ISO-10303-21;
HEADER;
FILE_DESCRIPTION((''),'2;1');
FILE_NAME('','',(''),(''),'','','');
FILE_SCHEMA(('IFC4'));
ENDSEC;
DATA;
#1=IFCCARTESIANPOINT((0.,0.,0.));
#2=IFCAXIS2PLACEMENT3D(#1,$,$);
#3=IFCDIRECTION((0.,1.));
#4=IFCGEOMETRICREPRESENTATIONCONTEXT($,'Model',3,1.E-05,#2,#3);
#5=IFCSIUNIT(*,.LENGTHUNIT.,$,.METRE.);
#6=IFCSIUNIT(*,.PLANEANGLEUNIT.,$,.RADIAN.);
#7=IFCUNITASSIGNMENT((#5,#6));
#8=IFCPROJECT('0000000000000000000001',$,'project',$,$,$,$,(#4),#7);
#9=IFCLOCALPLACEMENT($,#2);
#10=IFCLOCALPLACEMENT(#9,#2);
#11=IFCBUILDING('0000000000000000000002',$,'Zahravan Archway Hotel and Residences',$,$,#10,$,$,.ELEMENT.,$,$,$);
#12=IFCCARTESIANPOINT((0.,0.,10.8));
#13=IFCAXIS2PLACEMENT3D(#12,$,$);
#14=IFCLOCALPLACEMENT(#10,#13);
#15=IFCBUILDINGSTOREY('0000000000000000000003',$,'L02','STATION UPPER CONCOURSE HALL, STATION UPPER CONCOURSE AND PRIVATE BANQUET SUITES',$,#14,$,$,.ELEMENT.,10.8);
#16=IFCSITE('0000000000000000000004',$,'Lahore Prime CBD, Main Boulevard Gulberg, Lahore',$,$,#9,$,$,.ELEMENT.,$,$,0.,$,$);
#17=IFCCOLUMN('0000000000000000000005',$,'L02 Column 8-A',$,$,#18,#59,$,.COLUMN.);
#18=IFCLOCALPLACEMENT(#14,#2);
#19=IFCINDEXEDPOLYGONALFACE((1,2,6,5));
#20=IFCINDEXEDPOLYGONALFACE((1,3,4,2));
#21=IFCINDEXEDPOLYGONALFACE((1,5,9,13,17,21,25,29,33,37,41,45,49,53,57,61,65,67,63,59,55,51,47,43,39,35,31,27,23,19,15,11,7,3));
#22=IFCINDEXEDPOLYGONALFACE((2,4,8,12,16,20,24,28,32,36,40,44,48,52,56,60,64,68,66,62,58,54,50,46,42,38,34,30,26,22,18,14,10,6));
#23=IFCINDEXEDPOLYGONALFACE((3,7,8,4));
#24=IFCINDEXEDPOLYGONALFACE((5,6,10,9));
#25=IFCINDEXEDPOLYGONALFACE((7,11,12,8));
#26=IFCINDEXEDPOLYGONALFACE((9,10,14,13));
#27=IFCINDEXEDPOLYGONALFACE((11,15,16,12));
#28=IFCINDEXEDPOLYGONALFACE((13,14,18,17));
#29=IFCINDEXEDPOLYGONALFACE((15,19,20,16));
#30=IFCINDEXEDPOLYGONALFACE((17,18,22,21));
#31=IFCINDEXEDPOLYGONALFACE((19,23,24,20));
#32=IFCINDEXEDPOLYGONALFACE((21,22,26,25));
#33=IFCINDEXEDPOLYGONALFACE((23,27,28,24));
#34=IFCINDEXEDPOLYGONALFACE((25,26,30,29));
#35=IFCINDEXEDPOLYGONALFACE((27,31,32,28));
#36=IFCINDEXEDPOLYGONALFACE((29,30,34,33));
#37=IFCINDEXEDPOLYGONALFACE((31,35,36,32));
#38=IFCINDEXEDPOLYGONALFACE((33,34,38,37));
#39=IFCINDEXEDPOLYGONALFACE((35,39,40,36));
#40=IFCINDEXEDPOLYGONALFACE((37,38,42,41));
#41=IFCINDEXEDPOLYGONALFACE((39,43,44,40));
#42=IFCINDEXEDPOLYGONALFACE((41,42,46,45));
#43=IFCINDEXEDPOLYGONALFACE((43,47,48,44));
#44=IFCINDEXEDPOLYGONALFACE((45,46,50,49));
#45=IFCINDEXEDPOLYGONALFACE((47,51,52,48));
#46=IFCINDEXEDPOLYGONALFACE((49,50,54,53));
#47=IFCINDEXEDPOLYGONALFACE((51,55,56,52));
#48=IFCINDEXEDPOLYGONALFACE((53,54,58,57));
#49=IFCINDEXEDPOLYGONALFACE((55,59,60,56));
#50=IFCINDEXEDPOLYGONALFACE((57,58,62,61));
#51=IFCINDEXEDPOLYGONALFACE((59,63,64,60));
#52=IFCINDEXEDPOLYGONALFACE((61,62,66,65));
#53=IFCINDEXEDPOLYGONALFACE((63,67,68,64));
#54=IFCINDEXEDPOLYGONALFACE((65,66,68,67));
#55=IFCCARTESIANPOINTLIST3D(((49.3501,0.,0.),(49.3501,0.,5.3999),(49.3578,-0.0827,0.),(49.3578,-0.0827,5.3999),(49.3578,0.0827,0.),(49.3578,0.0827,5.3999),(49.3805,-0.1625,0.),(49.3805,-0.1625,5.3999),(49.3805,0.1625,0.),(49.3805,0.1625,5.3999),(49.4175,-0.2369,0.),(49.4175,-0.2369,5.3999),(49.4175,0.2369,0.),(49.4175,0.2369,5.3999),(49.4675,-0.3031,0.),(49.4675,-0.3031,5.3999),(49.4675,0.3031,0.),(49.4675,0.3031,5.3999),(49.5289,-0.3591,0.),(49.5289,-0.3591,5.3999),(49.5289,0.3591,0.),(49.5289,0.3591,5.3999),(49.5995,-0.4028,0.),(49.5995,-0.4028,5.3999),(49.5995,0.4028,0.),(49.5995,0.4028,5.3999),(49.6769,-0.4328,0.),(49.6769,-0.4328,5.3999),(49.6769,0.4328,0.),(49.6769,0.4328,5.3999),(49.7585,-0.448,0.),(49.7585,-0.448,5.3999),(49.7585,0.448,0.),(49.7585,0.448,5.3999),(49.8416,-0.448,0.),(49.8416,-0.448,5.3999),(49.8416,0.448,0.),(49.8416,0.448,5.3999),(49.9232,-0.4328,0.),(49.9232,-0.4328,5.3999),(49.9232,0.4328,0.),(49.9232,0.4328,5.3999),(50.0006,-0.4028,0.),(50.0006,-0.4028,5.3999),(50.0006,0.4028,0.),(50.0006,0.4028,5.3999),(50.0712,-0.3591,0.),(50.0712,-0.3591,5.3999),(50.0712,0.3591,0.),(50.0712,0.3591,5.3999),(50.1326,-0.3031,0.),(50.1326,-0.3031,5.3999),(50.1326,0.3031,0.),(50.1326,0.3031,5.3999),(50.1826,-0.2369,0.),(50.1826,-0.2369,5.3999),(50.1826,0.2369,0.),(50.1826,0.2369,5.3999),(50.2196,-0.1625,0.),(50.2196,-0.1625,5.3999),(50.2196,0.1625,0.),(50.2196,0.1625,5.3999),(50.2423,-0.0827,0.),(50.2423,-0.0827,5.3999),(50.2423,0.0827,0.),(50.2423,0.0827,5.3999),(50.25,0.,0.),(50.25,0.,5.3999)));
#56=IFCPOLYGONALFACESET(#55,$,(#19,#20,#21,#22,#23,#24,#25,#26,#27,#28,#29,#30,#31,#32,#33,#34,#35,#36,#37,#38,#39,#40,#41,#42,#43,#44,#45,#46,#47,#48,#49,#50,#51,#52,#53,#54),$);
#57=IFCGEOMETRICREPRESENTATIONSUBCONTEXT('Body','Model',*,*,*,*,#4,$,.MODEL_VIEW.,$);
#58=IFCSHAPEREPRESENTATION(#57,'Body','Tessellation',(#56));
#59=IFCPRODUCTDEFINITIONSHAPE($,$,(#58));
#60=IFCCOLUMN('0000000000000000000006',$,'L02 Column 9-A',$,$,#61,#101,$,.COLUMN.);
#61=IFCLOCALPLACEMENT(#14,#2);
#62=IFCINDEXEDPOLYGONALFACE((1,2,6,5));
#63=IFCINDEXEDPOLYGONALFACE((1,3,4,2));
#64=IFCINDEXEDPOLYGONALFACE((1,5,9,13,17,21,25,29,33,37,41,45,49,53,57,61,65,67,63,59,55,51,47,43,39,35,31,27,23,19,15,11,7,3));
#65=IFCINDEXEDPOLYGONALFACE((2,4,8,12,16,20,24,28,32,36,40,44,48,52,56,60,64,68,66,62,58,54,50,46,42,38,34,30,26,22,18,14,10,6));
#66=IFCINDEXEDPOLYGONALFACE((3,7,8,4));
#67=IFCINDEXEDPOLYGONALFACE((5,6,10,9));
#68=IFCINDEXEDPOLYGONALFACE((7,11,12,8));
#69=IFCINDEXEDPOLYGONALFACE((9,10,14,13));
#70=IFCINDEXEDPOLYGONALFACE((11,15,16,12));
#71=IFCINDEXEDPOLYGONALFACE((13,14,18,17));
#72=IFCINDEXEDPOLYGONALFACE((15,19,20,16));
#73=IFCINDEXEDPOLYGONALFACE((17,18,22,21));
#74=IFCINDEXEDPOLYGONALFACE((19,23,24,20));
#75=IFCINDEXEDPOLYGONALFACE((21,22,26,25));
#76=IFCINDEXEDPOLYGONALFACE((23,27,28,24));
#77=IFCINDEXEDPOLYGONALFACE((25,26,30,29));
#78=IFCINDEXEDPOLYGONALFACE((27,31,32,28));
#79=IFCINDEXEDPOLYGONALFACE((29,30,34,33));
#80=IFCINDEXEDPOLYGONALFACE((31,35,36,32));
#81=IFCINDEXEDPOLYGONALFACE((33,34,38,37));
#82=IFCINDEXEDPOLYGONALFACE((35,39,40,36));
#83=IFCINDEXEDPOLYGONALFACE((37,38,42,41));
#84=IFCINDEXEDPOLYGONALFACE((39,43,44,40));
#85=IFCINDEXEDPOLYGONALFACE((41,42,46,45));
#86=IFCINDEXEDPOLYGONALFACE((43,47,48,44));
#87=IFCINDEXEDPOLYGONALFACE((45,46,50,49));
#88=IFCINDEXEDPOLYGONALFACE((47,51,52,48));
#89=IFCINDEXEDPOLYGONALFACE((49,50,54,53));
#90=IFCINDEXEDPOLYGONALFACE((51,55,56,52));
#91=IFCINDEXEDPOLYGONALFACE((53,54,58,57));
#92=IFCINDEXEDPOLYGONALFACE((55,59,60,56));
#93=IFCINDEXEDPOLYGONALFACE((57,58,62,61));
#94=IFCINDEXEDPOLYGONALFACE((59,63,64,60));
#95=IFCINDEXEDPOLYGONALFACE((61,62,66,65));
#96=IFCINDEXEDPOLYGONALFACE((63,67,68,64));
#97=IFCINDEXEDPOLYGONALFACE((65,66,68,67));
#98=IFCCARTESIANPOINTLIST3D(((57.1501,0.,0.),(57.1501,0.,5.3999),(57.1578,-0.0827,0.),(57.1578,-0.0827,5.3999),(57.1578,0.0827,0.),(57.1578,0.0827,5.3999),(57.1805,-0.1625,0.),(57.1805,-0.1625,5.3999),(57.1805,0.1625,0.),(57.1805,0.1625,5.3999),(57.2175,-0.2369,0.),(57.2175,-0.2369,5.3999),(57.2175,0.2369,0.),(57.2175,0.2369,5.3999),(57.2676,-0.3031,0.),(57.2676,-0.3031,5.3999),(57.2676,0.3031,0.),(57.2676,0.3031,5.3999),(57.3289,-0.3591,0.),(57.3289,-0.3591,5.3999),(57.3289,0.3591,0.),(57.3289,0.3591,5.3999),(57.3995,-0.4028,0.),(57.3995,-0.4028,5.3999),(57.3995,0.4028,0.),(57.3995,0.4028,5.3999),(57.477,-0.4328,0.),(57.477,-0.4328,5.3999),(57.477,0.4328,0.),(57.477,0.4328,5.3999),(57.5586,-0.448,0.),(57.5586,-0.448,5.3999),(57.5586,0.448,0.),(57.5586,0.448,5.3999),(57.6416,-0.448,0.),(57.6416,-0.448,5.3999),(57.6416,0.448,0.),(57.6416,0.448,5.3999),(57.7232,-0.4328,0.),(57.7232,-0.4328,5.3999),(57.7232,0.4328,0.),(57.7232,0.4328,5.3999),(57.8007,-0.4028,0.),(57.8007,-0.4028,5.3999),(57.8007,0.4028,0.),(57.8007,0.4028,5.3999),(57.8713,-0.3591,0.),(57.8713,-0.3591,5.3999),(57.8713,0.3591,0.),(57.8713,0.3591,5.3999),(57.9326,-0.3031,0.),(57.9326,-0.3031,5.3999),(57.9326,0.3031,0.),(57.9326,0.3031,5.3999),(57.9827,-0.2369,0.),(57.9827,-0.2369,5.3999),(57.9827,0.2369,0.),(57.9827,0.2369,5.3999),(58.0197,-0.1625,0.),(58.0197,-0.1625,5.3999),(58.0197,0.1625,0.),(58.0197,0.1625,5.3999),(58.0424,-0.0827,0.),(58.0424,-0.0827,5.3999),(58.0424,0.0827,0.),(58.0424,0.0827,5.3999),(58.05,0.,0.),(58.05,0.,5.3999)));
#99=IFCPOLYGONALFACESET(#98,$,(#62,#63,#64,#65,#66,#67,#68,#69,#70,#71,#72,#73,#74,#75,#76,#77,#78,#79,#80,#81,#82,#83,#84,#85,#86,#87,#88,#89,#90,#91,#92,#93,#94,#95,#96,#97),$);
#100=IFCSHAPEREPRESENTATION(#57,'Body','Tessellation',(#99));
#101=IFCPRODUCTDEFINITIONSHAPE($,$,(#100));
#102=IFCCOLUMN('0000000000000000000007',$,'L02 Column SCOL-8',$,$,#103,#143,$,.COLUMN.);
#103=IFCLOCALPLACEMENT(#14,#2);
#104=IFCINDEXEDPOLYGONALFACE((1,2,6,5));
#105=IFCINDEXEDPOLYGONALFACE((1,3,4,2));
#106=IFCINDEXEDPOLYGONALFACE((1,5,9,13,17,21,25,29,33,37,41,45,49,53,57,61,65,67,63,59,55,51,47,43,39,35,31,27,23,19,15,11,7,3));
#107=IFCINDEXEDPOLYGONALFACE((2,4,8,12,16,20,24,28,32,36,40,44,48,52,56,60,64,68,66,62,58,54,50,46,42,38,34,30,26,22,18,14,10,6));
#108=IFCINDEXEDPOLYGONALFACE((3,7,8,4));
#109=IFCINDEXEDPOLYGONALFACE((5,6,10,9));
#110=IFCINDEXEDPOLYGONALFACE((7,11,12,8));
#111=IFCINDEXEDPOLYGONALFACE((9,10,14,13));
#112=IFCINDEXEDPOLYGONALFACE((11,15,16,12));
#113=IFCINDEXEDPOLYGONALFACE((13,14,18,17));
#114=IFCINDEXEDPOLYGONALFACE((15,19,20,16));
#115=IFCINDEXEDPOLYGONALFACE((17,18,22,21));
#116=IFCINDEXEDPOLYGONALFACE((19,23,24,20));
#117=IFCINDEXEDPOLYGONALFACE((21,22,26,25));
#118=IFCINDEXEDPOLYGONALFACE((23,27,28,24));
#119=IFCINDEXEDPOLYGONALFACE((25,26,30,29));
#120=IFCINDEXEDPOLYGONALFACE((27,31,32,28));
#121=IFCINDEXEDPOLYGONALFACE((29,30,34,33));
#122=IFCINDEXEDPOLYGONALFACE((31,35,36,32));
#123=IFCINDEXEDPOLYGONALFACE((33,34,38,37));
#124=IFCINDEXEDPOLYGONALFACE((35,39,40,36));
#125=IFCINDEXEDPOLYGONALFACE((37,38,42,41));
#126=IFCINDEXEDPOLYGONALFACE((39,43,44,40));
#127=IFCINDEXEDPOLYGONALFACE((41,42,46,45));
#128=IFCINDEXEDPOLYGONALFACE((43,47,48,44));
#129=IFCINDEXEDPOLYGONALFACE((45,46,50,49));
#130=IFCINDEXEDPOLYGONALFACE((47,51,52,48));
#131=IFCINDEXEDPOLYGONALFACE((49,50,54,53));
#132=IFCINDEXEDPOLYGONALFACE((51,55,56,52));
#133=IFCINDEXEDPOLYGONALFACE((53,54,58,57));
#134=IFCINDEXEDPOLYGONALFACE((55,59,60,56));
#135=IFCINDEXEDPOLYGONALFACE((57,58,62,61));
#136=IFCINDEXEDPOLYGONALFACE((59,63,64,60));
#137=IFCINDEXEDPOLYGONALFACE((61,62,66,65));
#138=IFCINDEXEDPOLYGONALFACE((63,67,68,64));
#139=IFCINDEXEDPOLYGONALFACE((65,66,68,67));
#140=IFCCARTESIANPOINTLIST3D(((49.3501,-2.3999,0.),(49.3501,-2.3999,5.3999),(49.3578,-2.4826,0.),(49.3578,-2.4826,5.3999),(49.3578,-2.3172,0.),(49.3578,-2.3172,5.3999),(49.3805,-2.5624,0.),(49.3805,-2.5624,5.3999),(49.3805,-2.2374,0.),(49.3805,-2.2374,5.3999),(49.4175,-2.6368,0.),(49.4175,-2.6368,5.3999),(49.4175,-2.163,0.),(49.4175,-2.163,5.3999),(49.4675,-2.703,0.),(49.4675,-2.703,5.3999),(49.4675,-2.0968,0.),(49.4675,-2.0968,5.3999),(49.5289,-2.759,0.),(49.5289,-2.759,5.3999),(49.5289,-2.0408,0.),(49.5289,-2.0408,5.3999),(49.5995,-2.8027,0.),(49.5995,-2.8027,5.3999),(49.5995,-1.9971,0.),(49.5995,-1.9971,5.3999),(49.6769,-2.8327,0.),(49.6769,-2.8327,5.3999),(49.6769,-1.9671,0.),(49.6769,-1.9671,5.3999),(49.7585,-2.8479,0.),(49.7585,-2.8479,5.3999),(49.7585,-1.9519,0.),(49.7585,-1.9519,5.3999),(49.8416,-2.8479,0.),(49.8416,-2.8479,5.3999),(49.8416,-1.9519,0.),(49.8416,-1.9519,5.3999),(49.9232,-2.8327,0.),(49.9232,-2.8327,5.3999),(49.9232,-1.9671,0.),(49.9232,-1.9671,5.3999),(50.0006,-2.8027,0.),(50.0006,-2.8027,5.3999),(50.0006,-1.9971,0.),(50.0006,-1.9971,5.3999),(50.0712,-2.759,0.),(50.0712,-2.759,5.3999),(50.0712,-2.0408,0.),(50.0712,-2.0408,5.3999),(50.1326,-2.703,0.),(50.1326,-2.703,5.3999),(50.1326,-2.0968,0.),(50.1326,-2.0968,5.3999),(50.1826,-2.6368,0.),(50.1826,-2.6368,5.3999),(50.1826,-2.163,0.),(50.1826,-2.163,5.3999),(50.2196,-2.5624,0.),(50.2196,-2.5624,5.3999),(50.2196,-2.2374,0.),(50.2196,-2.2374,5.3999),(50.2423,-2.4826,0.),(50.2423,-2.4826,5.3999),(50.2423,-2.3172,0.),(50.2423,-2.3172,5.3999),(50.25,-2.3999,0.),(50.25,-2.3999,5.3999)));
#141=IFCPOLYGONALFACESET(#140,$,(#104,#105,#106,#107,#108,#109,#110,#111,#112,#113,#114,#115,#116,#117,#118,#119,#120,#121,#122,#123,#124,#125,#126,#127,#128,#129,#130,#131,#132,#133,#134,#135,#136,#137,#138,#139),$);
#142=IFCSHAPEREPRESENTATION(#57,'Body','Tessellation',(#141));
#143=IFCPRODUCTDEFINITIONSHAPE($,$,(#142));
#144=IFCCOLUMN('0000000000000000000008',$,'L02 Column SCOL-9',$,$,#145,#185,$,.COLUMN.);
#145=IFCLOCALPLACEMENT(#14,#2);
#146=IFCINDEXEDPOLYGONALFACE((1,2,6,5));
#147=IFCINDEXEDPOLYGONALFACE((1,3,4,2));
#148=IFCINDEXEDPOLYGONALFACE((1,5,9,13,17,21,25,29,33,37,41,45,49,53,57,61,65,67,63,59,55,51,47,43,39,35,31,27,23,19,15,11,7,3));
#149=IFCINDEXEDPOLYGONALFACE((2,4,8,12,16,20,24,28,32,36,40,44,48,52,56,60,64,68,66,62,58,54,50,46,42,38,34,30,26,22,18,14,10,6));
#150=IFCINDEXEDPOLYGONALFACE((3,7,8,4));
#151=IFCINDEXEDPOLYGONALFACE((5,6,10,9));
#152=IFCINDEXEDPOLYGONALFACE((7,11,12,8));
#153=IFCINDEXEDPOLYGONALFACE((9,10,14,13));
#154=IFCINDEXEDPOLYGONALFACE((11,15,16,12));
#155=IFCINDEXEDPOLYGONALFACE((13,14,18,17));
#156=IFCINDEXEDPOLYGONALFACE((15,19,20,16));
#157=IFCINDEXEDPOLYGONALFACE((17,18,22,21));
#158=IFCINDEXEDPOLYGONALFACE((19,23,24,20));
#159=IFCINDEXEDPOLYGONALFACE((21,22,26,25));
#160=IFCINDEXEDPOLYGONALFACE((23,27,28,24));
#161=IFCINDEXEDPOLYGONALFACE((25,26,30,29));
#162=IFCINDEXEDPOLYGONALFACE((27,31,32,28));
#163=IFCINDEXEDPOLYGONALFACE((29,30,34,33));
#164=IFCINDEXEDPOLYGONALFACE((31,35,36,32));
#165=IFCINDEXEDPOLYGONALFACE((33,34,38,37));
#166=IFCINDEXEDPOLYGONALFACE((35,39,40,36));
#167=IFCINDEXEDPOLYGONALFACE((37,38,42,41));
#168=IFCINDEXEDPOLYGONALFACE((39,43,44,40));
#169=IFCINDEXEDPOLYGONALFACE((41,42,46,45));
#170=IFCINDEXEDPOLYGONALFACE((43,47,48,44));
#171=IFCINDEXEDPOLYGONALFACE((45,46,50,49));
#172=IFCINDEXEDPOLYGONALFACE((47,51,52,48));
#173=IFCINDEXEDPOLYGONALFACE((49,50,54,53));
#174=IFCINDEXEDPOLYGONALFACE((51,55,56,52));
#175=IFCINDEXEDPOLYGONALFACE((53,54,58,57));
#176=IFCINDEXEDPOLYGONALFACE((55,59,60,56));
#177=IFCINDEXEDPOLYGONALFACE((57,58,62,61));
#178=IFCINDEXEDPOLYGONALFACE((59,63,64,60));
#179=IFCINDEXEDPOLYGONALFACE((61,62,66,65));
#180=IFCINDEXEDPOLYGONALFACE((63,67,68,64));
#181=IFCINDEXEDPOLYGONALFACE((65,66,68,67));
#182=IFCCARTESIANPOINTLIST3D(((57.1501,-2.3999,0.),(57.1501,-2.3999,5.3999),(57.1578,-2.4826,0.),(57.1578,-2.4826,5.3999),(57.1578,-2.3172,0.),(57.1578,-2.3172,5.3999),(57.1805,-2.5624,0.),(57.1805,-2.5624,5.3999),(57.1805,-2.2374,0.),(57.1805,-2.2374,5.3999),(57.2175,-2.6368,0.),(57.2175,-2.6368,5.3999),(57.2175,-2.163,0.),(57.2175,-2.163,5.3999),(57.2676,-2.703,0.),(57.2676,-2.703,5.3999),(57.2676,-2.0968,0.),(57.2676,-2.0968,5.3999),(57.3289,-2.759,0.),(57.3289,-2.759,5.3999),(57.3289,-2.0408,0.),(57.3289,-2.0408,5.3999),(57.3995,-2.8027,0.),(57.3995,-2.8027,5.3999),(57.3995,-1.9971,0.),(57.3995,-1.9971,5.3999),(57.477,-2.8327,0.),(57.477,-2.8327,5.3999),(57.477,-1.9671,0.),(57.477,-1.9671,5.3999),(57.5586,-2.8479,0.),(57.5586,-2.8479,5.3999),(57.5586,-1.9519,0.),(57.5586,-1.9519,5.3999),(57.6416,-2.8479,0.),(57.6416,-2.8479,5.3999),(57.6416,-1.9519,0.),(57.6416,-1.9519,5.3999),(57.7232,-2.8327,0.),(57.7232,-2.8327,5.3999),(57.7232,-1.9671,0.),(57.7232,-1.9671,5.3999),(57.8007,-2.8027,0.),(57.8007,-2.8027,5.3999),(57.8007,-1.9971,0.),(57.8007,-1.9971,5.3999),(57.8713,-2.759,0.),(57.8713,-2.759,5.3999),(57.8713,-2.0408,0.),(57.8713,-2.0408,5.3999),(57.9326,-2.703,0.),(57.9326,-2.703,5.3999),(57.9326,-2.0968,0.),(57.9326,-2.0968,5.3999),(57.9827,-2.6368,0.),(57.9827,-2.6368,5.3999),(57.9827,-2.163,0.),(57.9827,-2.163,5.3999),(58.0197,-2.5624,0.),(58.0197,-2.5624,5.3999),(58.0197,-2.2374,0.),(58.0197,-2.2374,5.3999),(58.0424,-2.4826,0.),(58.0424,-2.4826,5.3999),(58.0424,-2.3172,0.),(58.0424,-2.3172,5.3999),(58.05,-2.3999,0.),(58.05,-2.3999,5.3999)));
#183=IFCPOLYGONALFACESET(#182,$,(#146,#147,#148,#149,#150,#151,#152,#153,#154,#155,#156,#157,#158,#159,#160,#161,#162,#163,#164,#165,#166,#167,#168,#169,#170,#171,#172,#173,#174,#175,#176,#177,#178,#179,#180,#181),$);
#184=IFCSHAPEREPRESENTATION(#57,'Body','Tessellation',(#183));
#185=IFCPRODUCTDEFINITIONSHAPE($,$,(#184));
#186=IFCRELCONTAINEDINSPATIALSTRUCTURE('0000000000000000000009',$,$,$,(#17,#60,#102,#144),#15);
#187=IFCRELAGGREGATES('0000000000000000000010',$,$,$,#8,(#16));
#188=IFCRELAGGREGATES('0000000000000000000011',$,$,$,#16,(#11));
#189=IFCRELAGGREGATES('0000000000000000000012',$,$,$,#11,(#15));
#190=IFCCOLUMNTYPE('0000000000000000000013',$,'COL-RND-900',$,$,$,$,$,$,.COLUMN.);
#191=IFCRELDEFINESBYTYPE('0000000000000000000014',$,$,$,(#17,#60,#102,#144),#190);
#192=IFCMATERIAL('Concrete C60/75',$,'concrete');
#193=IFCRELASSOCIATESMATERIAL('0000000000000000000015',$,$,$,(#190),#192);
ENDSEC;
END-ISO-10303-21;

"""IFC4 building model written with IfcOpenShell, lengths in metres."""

from ifc_helpers import new_model, si_unit, direction, frame, origin, origin_2d, place, context, subcontext, project, spatial, circle, extrude, source, transform, mapped, material, material_profile, profile_set, type_object, type_shapes, element, save


model = new_model("IFC4")

# Units and contexts
model_context = context("Model", 3, precision=1e-05, world=origin(), true_north=direction((0.0, 1.0)))
body_context = subcontext(model_context, "Body", "Model", "MODEL_VIEW")
ifc_project = project(units=[si_unit("LENGTHUNIT", "METRE"), si_unit("PLANEANGLEUNIT", "RADIAN")], contexts=[model_context])

# Site, building, storey
site_placement = place(None, origin())
site = spatial("IfcSite", under=ifc_project, at=site_placement, Name="Lahore Prime CBD, Main Boulevard Gulberg, Lahore", CompositionType="ELEMENT", RefElevation=0.0)
building_placement = place(site_placement, origin())
building = spatial("IfcBuilding", under=site, at=building_placement, Name="Zahravan Archway Hotel and Residences", CompositionType="ELEMENT")
storey_placement = place(building_placement, frame((0.0, 0.0, 10.8)))
storey = spatial("IfcBuildingStorey", under=building, at=storey_placement, Name="L02", Description="STATION UPPER CONCOURSE HALL, STATION UPPER CONCOURSE AND PRIVATE BANQUET SUITES", CompositionType="ELEMENT", Elevation=10.8)

# Columns
ifc_material_1 = material(Name="Concrete C60/75", Category="concrete")
ifc_material_profile_1 = material_profile(ifc_material_1, circle(Radius=0.45, at=origin_2d()), Name="RC-CIRC-900", Category="concrete")
ifc_profile_set_1 = profile_set([ifc_material_profile_1], Name="Concrete C60/75")
column_type = type_object("IfcColumnType", Name="COL-RND-900", PredefinedType="COLUMN", material=ifc_profile_set_1)
shared_shape_1 = source(origin(), body_context, "Body", "SweptSolid", [
    extrude(circle(Radius=0.45, at=origin_2d()), origin(), (0.0, 0.0, 1.0), 5.3999),
])
type_shapes(column_type, [shared_shape_1])
for number, where, z_axis, x_axis, name in (
    (1, (49.8, 0.0, 0.0), (0.0, 0.0, 1.0), (1.0, 0.0, 0.0), "L02 Column 8-A"),
    (2, (57.6001, 0.0, 0.0), (0.0, 0.0, 1.0), (1.0, 0.0, 0.0), "L02 Column 9-A"),
    (3, (49.8, -2.3999, 0.0), (0.0, 0.0, 1.0), (1.0, 0.0, 0.0), "L02 Column SCOL-8"),
    (4, (57.6001, -2.3999, 0.0), (0.0, 0.0, 1.0), (1.0, 0.0, 0.0), "L02 Column SCOL-9"),
):
    element("IfcColumn", number, at=place(storey_placement, frame(where, z_axis=z_axis, x_axis=x_axis)), inside=storey, type_object=column_type, Name=name, PredefinedType="COLUMN", context=body_context, shape_type="MappedRepresentation", body=[
        mapped(shared_shape_1, transform((0.0, 0.0, 0.0), scale=1.0)),
    ])

save(model, "model.ifc")
